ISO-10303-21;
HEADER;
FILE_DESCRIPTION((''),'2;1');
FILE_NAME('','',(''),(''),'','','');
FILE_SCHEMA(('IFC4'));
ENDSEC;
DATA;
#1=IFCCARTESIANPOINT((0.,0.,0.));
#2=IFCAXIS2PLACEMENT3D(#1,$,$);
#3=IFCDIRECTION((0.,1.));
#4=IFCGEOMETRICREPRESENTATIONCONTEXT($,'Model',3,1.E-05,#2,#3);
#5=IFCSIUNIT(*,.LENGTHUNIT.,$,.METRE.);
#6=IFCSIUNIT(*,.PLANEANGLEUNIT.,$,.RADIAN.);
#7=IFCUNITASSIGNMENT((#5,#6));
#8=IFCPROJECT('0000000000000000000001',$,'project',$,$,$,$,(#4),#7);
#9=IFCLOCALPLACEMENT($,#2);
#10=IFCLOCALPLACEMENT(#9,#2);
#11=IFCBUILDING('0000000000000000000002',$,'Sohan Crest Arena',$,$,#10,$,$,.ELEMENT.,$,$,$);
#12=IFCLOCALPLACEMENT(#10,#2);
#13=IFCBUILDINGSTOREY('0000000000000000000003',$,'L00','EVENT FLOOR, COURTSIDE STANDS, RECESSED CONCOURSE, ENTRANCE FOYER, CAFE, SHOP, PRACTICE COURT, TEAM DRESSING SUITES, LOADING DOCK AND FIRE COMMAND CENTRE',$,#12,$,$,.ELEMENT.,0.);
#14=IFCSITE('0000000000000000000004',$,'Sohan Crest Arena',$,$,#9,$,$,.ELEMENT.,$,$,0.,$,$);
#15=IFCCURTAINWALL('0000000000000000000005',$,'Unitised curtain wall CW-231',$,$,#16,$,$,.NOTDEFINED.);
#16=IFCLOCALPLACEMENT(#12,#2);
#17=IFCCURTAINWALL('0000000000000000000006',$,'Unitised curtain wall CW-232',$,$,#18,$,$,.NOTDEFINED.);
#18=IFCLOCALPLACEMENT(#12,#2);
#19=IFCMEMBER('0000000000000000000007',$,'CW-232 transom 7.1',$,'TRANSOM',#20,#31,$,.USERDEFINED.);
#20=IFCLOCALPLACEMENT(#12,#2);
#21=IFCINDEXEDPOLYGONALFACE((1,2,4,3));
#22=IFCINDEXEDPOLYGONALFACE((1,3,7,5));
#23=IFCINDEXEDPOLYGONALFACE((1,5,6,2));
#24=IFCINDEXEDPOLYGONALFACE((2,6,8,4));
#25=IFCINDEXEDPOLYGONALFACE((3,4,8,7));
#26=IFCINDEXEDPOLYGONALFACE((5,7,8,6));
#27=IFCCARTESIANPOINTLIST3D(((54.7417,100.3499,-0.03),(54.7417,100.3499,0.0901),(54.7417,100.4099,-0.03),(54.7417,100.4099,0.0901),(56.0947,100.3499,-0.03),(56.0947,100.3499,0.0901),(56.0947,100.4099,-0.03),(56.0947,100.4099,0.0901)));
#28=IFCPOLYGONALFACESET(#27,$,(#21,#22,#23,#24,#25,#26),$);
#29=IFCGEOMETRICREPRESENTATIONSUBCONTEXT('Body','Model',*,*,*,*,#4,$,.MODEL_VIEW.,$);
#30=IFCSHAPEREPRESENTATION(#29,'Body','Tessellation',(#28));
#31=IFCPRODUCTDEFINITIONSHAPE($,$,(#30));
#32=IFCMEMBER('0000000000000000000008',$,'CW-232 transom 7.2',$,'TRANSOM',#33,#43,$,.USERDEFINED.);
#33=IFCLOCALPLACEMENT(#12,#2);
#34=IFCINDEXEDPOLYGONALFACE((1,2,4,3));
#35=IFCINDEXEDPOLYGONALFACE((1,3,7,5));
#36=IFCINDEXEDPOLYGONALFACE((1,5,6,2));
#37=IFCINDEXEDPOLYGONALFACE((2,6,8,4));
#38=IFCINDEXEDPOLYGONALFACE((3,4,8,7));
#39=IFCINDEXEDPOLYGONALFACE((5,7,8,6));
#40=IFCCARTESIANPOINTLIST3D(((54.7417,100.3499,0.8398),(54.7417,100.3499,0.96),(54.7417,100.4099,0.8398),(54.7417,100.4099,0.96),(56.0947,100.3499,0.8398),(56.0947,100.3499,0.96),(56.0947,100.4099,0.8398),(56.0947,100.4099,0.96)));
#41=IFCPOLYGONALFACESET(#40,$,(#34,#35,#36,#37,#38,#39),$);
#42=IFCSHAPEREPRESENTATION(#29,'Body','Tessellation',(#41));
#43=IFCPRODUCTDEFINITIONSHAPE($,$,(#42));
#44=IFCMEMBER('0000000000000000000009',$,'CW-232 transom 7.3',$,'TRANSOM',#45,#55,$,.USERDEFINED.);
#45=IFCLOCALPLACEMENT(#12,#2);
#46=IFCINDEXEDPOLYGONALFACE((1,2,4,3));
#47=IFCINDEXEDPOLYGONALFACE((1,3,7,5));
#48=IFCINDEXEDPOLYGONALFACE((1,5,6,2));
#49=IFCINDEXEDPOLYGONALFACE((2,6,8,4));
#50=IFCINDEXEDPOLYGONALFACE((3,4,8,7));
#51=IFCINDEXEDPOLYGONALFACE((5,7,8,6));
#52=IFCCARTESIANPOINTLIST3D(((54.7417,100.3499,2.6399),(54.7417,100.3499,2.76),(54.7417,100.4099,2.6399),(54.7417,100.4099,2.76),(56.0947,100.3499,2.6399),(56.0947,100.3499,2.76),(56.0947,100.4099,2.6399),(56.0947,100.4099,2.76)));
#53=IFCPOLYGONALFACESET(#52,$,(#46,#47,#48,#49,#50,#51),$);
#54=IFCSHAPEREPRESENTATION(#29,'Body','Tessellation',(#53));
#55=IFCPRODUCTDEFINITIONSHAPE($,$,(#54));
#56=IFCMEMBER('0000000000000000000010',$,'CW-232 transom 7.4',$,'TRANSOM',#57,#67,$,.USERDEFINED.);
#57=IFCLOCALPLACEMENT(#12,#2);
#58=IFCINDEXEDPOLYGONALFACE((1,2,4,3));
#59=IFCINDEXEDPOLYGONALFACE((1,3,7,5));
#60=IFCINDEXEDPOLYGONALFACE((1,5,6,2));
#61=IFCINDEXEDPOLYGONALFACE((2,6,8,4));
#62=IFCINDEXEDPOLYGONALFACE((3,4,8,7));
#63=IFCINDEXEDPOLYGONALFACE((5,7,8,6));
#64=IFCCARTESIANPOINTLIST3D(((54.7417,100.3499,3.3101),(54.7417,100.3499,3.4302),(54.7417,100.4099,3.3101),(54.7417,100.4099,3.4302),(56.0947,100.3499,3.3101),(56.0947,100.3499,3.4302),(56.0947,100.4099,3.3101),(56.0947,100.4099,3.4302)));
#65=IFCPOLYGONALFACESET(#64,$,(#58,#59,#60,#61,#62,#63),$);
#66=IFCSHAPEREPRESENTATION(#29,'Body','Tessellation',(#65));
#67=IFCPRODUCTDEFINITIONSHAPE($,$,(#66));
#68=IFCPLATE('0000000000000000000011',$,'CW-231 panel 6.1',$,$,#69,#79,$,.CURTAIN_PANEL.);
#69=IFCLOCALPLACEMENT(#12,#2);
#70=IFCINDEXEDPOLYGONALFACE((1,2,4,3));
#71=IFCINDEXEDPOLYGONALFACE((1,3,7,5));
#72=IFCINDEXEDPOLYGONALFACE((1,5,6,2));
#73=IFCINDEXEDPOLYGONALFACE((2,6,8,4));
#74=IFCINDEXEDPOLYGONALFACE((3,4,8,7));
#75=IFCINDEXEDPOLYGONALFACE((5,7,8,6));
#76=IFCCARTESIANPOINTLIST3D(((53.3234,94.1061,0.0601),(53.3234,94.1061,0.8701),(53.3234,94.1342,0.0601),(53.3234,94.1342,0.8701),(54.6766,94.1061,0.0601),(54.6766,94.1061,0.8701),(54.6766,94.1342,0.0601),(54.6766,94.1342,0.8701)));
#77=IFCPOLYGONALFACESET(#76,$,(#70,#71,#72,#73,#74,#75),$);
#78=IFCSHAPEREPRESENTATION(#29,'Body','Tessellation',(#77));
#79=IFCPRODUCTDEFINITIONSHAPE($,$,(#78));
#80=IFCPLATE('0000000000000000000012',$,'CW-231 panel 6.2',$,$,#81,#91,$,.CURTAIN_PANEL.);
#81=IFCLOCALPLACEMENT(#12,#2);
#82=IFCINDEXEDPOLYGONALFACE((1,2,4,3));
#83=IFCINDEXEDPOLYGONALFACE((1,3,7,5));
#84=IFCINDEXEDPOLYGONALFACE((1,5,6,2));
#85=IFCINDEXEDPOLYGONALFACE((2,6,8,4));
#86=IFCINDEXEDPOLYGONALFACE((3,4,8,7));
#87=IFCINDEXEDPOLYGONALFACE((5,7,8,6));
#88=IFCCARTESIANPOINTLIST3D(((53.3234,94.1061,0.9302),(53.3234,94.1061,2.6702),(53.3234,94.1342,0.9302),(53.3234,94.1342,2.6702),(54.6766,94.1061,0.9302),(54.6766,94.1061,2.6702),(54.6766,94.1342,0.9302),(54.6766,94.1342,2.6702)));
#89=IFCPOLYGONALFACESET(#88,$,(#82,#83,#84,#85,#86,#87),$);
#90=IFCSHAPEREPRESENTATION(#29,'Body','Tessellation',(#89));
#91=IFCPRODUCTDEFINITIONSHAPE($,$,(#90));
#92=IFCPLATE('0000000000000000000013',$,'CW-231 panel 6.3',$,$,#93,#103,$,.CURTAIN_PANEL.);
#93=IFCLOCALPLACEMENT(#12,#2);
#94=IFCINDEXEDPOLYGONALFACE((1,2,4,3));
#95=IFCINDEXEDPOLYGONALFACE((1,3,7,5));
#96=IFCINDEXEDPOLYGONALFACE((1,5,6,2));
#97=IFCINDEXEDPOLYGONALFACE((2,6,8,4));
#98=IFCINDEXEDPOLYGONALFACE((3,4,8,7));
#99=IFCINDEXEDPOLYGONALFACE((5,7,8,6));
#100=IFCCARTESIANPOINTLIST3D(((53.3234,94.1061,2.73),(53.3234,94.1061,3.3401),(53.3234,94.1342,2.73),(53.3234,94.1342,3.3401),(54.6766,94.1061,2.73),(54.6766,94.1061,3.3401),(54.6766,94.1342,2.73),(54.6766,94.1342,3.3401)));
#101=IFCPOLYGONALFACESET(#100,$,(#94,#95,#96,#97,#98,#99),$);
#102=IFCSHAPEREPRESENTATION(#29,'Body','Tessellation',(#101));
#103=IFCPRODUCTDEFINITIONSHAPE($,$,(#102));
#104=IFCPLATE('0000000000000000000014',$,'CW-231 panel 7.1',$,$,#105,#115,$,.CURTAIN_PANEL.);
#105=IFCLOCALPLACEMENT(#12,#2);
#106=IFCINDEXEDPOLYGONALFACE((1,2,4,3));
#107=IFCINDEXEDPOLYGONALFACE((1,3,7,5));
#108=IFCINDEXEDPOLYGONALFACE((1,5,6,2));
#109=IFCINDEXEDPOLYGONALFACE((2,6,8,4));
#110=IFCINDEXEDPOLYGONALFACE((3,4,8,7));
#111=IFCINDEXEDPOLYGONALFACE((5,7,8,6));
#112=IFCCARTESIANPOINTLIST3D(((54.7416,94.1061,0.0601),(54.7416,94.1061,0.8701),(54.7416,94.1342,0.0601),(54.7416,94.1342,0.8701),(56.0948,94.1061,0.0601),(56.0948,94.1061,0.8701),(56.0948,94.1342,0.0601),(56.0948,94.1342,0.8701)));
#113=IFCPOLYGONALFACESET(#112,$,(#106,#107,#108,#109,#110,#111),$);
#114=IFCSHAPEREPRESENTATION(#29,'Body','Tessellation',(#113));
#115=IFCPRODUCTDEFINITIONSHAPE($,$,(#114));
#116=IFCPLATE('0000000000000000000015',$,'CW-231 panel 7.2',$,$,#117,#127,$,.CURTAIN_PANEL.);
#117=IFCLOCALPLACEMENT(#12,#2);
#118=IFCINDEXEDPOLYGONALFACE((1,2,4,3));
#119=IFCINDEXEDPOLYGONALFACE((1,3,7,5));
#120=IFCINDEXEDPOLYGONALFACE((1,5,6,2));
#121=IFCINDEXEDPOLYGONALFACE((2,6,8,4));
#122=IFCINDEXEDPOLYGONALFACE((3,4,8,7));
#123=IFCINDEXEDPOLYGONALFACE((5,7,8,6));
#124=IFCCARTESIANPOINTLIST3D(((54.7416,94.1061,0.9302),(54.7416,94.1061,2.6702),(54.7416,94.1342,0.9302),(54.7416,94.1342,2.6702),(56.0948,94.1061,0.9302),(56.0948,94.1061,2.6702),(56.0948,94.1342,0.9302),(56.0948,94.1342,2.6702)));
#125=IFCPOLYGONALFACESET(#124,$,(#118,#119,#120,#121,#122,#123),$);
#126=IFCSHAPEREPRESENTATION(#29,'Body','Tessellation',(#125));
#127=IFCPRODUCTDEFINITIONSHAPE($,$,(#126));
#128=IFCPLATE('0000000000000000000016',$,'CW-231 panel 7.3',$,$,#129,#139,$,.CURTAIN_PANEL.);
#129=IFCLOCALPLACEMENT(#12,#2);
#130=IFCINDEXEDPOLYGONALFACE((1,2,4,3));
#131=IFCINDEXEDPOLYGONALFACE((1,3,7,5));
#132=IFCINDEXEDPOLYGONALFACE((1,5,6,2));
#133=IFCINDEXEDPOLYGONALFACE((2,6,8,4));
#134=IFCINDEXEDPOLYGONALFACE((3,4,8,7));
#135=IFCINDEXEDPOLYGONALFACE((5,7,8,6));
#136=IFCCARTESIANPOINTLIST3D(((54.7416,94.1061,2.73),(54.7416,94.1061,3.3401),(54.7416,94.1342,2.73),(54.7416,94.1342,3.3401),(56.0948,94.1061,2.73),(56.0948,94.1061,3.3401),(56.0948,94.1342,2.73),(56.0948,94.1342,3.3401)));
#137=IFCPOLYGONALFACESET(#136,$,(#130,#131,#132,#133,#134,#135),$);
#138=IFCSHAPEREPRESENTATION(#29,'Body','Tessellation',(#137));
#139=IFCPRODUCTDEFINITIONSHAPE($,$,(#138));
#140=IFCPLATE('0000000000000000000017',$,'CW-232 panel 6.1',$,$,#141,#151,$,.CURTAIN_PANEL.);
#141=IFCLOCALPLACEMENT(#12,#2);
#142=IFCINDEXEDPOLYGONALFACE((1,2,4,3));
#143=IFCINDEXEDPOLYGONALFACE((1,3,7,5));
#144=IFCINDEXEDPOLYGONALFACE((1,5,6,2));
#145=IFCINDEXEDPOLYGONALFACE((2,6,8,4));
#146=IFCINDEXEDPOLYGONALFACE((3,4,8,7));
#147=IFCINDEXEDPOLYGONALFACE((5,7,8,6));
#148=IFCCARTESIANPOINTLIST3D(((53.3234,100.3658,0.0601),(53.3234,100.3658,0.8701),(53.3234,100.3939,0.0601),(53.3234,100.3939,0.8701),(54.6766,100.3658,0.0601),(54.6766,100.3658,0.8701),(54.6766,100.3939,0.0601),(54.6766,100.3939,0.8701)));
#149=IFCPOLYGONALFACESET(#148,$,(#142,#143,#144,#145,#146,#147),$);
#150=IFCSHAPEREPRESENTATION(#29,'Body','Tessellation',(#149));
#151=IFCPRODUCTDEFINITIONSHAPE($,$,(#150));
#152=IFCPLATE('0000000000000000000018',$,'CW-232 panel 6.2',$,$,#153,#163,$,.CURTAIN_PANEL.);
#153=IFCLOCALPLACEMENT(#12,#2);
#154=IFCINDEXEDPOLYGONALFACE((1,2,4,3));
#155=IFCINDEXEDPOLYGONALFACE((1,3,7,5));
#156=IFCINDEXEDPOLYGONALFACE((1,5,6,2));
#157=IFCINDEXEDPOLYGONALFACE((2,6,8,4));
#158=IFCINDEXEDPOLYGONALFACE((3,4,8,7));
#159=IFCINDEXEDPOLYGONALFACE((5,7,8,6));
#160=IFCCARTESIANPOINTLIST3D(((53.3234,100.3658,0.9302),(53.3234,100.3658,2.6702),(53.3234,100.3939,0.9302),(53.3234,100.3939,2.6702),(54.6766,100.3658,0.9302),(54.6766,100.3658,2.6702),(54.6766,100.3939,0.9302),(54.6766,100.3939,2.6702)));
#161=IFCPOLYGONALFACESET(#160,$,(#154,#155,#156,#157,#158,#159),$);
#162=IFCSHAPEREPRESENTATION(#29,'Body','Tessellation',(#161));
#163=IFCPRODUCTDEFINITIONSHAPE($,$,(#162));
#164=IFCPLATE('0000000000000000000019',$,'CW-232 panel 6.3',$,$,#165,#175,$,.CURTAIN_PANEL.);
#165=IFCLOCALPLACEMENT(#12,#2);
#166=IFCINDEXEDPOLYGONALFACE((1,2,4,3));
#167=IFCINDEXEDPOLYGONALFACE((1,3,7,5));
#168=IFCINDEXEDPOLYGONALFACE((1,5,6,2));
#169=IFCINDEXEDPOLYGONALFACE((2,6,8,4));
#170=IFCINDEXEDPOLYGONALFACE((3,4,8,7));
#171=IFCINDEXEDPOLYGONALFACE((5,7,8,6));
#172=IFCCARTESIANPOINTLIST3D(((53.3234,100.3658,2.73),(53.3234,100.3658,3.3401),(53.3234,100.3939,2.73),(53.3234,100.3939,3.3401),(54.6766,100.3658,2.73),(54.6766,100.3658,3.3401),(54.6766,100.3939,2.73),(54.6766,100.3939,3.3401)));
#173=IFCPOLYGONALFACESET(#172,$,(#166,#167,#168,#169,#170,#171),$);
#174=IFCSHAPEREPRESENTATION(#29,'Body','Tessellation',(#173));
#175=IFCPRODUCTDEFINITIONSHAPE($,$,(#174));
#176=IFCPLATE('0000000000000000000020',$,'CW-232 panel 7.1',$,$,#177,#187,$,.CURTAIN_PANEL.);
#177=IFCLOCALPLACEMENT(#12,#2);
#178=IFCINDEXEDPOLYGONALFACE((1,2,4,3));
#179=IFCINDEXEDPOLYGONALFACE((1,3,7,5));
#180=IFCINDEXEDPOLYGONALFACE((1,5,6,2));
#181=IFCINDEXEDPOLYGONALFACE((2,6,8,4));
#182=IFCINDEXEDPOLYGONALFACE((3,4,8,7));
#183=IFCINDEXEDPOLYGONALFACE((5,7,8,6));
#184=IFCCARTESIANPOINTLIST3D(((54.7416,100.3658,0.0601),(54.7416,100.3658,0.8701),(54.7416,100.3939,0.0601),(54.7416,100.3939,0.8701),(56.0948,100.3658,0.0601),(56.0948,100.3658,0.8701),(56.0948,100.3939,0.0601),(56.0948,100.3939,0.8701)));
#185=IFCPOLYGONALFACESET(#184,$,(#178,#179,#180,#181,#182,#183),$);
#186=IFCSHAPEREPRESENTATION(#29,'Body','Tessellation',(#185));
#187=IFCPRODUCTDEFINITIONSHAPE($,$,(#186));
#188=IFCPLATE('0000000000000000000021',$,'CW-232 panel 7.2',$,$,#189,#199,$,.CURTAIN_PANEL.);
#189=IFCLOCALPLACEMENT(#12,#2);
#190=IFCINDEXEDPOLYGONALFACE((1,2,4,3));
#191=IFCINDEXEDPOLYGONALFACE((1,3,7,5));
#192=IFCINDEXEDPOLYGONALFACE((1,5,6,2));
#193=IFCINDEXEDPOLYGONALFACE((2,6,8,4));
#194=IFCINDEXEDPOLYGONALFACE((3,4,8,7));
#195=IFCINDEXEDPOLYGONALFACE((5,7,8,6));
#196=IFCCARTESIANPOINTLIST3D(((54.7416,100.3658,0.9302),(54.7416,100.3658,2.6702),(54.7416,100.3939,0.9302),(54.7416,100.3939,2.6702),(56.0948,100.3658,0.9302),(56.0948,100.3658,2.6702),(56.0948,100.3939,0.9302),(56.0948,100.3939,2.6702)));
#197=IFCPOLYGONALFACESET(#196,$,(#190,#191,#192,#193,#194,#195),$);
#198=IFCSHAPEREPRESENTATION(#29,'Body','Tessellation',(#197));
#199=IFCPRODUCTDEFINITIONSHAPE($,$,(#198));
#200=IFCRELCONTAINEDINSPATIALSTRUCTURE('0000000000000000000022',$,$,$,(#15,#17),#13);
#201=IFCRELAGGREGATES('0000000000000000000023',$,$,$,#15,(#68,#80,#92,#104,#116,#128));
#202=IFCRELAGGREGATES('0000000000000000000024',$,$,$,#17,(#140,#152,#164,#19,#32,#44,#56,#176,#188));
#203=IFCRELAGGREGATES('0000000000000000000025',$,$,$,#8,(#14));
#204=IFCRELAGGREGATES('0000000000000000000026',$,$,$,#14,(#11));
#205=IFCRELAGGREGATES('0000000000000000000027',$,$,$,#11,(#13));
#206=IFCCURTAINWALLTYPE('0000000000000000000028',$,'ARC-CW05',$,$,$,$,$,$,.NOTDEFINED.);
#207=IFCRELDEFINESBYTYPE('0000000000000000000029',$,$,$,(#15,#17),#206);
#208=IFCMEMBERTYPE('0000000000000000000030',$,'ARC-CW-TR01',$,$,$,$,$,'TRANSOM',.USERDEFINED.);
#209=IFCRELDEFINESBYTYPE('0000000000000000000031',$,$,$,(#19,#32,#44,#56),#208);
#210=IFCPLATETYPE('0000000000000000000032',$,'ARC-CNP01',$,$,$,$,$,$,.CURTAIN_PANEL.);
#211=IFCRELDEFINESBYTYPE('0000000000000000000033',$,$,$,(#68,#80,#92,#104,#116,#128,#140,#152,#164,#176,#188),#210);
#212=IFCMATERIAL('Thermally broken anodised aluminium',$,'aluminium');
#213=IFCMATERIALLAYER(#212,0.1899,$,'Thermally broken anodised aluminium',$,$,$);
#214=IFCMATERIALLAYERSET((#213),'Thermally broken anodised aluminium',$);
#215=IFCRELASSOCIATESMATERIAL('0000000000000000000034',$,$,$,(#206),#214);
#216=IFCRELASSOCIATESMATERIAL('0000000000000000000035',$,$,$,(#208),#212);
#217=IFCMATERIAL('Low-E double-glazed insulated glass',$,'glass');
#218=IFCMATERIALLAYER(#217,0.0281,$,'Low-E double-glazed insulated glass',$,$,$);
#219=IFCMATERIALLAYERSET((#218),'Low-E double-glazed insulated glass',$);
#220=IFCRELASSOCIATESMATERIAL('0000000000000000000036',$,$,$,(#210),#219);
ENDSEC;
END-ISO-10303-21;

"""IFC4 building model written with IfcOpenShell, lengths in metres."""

from ifc_helpers import new_model, si_unit, direction, frame, origin, origin_2d, place, context, subcontext, project, spatial, rectangle, extrude, material, layer, layer_set, material_profile, profile_set, type_object, element, aggregate, save


model = new_model("IFC4")

# Units and contexts
model_context = context("Model", 3, precision=1e-05, world=origin(), true_north=direction((0.0, 1.0)))
body_context = subcontext(model_context, "Body", "Model", "MODEL_VIEW")
ifc_project = project(units=[si_unit("LENGTHUNIT", "METRE"), si_unit("PLANEANGLEUNIT", "RADIAN")], contexts=[model_context])

# Site, building, storey
site_placement = place(None, origin())
site = spatial("IfcSite", under=ifc_project, at=site_placement, Name="Sohan Crest Arena", CompositionType="ELEMENT", RefElevation=0.0)
building_placement = place(site_placement, origin())
building = spatial("IfcBuilding", under=site, at=building_placement, Name="Sohan Crest Arena", CompositionType="ELEMENT")
storey_placement = place(building_placement, origin())
storey = spatial("IfcBuildingStorey", under=building, at=storey_placement, Name="L00", Description="EVENT FLOOR, COURTSIDE STANDS, RECESSED CONCOURSE, ENTRANCE FOYER, CAFE, SHOP, PRACTICE COURT, TEAM DRESSING SUITES, LOADING DOCK AND FIRE COMMAND CENTRE", CompositionType="ELEMENT", Elevation=0.0)

# Curtain wall
ifc_material_1 = material(Name="Thermally broken anodised aluminium", Category="aluminium")
ifc_layer_1 = layer(ifc_material_1, 0.1899, Name="Thermally broken anodised aluminium")
ifc_layer_set_1 = layer_set([ifc_layer_1], Name="Thermally broken anodised aluminium")
curtain_wall_type = type_object("IfcCurtainWallType", Name="ARC-CW05", PredefinedType="NOTDEFINED", material=ifc_layer_set_1)
curtain_wall_1_placement = place(storey_placement, origin())
curtain_wall_1 = element("IfcCurtainWall", 1, at=curtain_wall_1_placement, inside=storey, type_object=curtain_wall_type, Name="Unitised curtain wall CW-231", PredefinedType="NOTDEFINED")

# Curtain wall
curtain_wall_2_placement = place(storey_placement, origin())
curtain_wall_2 = element("IfcCurtainWall", 2, at=curtain_wall_2_placement, inside=storey, type_object=curtain_wall_type, Name="Unitised curtain wall CW-232", PredefinedType="NOTDEFINED")

# Members
ifc_material_profile_1 = material_profile(ifc_material_1, rectangle(XDim=0.0601, YDim=0.1201, at=origin_2d()), Name="ALU-TRAN 60x120")
ifc_profile_set_1 = profile_set([ifc_material_profile_1], Name="Thermally broken anodised aluminium")
member_type_1 = type_object("IfcMemberType", Name="ARC-CW-TR01", ElementType="TRANSOM", PredefinedType="USERDEFINED", material=ifc_profile_set_1)
member_1_placement = place(storey_placement, frame((54.7417, 100.3799, 0.03), z_axis=(1.0, 0.0, 0.0), x_axis=(0.0, 1.0, 0.0)))
member_1 = element("IfcMember", 3, at=member_1_placement, type_object=member_type_1, Name="CW-232 transom 7.1", ObjectType="TRANSOM", PredefinedType="USERDEFINED", context=body_context, shape_type="SweptSolid", body=[
    extrude(rectangle(XDim=0.0601, YDim=0.1201, at=origin_2d()), origin(), (0.0, 0.0, 1.0), 1.353),
])
member_2_placement = place(storey_placement, frame((54.7417, 100.3799, 0.8999), z_axis=(1.0, 0.0, 0.0), x_axis=(0.0, 1.0, 0.0)))
member_2 = element("IfcMember", 4, at=member_2_placement, type_object=member_type_1, Name="CW-232 transom 7.2", ObjectType="TRANSOM", PredefinedType="USERDEFINED", context=body_context, shape_type="SweptSolid", body=[
    extrude(rectangle(XDim=0.0601, YDim=0.1201, at=origin_2d()), origin(), (0.0, 0.0, 1.0), 1.353),
])
member_3_placement = place(storey_placement, frame((54.7417, 100.3799, 2.7), z_axis=(1.0, 0.0, 0.0), x_axis=(0.0, 1.0, 0.0)))
member_3 = element("IfcMember", 5, at=member_3_placement, type_object=member_type_1, Name="CW-232 transom 7.3", ObjectType="TRANSOM", PredefinedType="USERDEFINED", context=body_context, shape_type="SweptSolid", body=[
    extrude(rectangle(XDim=0.0601, YDim=0.1201, at=origin_2d()), origin(), (0.0, 0.0, 1.0), 1.353),
])
member_4_placement = place(storey_placement, frame((54.7417, 100.3799, 3.3701), z_axis=(1.0, 0.0, 0.0), x_axis=(0.0, 1.0, 0.0)))
member_4 = element("IfcMember", 6, at=member_4_placement, type_object=member_type_1, Name="CW-232 transom 7.4", ObjectType="TRANSOM", PredefinedType="USERDEFINED", context=body_context, shape_type="SweptSolid", body=[
    extrude(rectangle(XDim=0.0601, YDim=0.1201, at=origin_2d()), origin(), (0.0, 0.0, 1.0), 1.353),
])

# Plates
ifc_material_2 = material(Name="Low-E double-glazed insulated glass", Category="glass")
ifc_layer_2 = layer(ifc_material_2, 0.0281, Name="Low-E double-glazed insulated glass")
ifc_layer_set_2 = layer_set([ifc_layer_2], Name="Low-E double-glazed insulated glass")
plate_type = type_object("IfcPlateType", Name="ARC-CNP01", PredefinedType="CURTAIN_PANEL", material=ifc_layer_set_2)
plate_1_placement = place(storey_placement, frame((54.0, 94.1201, 0.0601), z_axis=(0.0, 0.0, 1.0), x_axis=(1.0, 0.0, 0.0)))
plate_1 = element("IfcPlate", 7, at=plate_1_placement, type_object=plate_type, Name="CW-231 panel 6.1", PredefinedType="CURTAIN_PANEL", context=body_context, shape_type="SweptSolid", body=[
    extrude(rectangle(XDim=1.3533, YDim=0.0281, at=origin_2d()), origin(), (0.0, 0.0, 1.0), 0.8101),
])
plate_2_placement = place(storey_placement, frame((54.0, 94.1201, 0.9302), z_axis=(0.0, 0.0, 1.0), x_axis=(1.0, 0.0, 0.0)))
plate_2 = element("IfcPlate", 8, at=plate_2_placement, type_object=plate_type, Name="CW-231 panel 6.2", PredefinedType="CURTAIN_PANEL", context=body_context, shape_type="SweptSolid", body=[
    extrude(rectangle(XDim=1.3533, YDim=0.0281, at=origin_2d()), origin(), (0.0, 0.0, 1.0), 1.74),
])
plate_3_placement = place(storey_placement, frame((54.0, 94.1201, 2.73), z_axis=(0.0, 0.0, 1.0), x_axis=(1.0, 0.0, 0.0)))
plate_3 = element("IfcPlate", 9, at=plate_3_placement, type_object=plate_type, Name="CW-231 panel 6.3", PredefinedType="CURTAIN_PANEL", context=body_context, shape_type="SweptSolid", body=[
    extrude(rectangle(XDim=1.3533, YDim=0.0281, at=origin_2d()), origin(), (0.0, 0.0, 1.0), 0.6101),
])
plate_4_placement = place(storey_placement, frame((55.4182, 94.1201, 0.0601), z_axis=(0.0, 0.0, 1.0), x_axis=(1.0, 0.0, 0.0)))
plate_4 = element("IfcPlate", 10, at=plate_4_placement, type_object=plate_type, Name="CW-231 panel 7.1", PredefinedType="CURTAIN_PANEL", context=body_context, shape_type="SweptSolid", body=[
    extrude(rectangle(XDim=1.3533, YDim=0.0281, at=origin_2d()), origin(), (0.0, 0.0, 1.0), 0.8101),
])
plate_5_placement = place(storey_placement, frame((55.4182, 94.1201, 0.9302), z_axis=(0.0, 0.0, 1.0), x_axis=(1.0, 0.0, 0.0)))
plate_5 = element("IfcPlate", 11, at=plate_5_placement, type_object=plate_type, Name="CW-231 panel 7.2", PredefinedType="CURTAIN_PANEL", context=body_context, shape_type="SweptSolid", body=[
    extrude(rectangle(XDim=1.3533, YDim=0.0281, at=origin_2d()), origin(), (0.0, 0.0, 1.0), 1.74),
])
plate_6_placement = place(storey_placement, frame((55.4182, 94.1201, 2.73), z_axis=(0.0, 0.0, 1.0), x_axis=(1.0, 0.0, 0.0)))
plate_6 = element("IfcPlate", 12, at=plate_6_placement, type_object=plate_type, Name="CW-231 panel 7.3", PredefinedType="CURTAIN_PANEL", context=body_context, shape_type="SweptSolid", body=[
    extrude(rectangle(XDim=1.3533, YDim=0.0281, at=origin_2d()), origin(), (0.0, 0.0, 1.0), 0.6101),
])
aggregate(curtain_wall_1, [plate_1, plate_2, plate_3, plate_4, plate_5, plate_6])
plate_7_placement = place(storey_placement, frame((54.0, 100.3799, 0.0601), z_axis=(0.0, 0.0, 1.0), x_axis=(1.0, 0.0, 0.0)))
plate_7 = element("IfcPlate", 13, at=plate_7_placement, type_object=plate_type, Name="CW-232 panel 6.1", PredefinedType="CURTAIN_PANEL", context=body_context, shape_type="SweptSolid", body=[
    extrude(rectangle(XDim=1.3533, YDim=0.0281, at=origin_2d()), origin(), (0.0, 0.0, 1.0), 0.8101),
])
plate_8_placement = place(storey_placement, frame((54.0, 100.3799, 0.9302), z_axis=(0.0, 0.0, 1.0), x_axis=(1.0, 0.0, 0.0)))
plate_8 = element("IfcPlate", 14, at=plate_8_placement, type_object=plate_type, Name="CW-232 panel 6.2", PredefinedType="CURTAIN_PANEL", context=body_context, shape_type="SweptSolid", body=[
    extrude(rectangle(XDim=1.3533, YDim=0.0281, at=origin_2d()), origin(), (0.0, 0.0, 1.0), 1.74),
])
plate_9_placement = place(storey_placement, frame((54.0, 100.3799, 2.73), z_axis=(0.0, 0.0, 1.0), x_axis=(1.0, 0.0, 0.0)))
plate_9 = element("IfcPlate", 15, at=plate_9_placement, type_object=plate_type, Name="CW-232 panel 6.3", PredefinedType="CURTAIN_PANEL", context=body_context, shape_type="SweptSolid", body=[
    extrude(rectangle(XDim=1.3533, YDim=0.0281, at=origin_2d()), origin(), (0.0, 0.0, 1.0), 0.6101),
])
plate_10_placement = place(storey_placement, frame((55.4182, 100.3799, 0.0601), z_axis=(0.0, 0.0, 1.0), x_axis=(1.0, 0.0, 0.0)))
plate_10 = element("IfcPlate", 16, at=plate_10_placement, type_object=plate_type, Name="CW-232 panel 7.1", PredefinedType="CURTAIN_PANEL", context=body_context, shape_type="SweptSolid", body=[
    extrude(rectangle(XDim=1.3533, YDim=0.0281, at=origin_2d()), origin(), (0.0, 0.0, 1.0), 0.8101),
])
plate_11_placement = place(storey_placement, frame((55.4182, 100.3799, 0.9302), z_axis=(0.0, 0.0, 1.0), x_axis=(1.0, 0.0, 0.0)))
plate_11 = element("IfcPlate", 17, at=plate_11_placement, type_object=plate_type, Name="CW-232 panel 7.2", PredefinedType="CURTAIN_PANEL", context=body_context, shape_type="SweptSolid", body=[
    extrude(rectangle(XDim=1.3533, YDim=0.0281, at=origin_2d()), origin(), (0.0, 0.0, 1.0), 1.74),
])
aggregate(curtain_wall_2, [plate_7, plate_8, plate_9, member_1, member_2, member_3, member_4, plate_10, plate_11])

save(model, "model.ifc")
